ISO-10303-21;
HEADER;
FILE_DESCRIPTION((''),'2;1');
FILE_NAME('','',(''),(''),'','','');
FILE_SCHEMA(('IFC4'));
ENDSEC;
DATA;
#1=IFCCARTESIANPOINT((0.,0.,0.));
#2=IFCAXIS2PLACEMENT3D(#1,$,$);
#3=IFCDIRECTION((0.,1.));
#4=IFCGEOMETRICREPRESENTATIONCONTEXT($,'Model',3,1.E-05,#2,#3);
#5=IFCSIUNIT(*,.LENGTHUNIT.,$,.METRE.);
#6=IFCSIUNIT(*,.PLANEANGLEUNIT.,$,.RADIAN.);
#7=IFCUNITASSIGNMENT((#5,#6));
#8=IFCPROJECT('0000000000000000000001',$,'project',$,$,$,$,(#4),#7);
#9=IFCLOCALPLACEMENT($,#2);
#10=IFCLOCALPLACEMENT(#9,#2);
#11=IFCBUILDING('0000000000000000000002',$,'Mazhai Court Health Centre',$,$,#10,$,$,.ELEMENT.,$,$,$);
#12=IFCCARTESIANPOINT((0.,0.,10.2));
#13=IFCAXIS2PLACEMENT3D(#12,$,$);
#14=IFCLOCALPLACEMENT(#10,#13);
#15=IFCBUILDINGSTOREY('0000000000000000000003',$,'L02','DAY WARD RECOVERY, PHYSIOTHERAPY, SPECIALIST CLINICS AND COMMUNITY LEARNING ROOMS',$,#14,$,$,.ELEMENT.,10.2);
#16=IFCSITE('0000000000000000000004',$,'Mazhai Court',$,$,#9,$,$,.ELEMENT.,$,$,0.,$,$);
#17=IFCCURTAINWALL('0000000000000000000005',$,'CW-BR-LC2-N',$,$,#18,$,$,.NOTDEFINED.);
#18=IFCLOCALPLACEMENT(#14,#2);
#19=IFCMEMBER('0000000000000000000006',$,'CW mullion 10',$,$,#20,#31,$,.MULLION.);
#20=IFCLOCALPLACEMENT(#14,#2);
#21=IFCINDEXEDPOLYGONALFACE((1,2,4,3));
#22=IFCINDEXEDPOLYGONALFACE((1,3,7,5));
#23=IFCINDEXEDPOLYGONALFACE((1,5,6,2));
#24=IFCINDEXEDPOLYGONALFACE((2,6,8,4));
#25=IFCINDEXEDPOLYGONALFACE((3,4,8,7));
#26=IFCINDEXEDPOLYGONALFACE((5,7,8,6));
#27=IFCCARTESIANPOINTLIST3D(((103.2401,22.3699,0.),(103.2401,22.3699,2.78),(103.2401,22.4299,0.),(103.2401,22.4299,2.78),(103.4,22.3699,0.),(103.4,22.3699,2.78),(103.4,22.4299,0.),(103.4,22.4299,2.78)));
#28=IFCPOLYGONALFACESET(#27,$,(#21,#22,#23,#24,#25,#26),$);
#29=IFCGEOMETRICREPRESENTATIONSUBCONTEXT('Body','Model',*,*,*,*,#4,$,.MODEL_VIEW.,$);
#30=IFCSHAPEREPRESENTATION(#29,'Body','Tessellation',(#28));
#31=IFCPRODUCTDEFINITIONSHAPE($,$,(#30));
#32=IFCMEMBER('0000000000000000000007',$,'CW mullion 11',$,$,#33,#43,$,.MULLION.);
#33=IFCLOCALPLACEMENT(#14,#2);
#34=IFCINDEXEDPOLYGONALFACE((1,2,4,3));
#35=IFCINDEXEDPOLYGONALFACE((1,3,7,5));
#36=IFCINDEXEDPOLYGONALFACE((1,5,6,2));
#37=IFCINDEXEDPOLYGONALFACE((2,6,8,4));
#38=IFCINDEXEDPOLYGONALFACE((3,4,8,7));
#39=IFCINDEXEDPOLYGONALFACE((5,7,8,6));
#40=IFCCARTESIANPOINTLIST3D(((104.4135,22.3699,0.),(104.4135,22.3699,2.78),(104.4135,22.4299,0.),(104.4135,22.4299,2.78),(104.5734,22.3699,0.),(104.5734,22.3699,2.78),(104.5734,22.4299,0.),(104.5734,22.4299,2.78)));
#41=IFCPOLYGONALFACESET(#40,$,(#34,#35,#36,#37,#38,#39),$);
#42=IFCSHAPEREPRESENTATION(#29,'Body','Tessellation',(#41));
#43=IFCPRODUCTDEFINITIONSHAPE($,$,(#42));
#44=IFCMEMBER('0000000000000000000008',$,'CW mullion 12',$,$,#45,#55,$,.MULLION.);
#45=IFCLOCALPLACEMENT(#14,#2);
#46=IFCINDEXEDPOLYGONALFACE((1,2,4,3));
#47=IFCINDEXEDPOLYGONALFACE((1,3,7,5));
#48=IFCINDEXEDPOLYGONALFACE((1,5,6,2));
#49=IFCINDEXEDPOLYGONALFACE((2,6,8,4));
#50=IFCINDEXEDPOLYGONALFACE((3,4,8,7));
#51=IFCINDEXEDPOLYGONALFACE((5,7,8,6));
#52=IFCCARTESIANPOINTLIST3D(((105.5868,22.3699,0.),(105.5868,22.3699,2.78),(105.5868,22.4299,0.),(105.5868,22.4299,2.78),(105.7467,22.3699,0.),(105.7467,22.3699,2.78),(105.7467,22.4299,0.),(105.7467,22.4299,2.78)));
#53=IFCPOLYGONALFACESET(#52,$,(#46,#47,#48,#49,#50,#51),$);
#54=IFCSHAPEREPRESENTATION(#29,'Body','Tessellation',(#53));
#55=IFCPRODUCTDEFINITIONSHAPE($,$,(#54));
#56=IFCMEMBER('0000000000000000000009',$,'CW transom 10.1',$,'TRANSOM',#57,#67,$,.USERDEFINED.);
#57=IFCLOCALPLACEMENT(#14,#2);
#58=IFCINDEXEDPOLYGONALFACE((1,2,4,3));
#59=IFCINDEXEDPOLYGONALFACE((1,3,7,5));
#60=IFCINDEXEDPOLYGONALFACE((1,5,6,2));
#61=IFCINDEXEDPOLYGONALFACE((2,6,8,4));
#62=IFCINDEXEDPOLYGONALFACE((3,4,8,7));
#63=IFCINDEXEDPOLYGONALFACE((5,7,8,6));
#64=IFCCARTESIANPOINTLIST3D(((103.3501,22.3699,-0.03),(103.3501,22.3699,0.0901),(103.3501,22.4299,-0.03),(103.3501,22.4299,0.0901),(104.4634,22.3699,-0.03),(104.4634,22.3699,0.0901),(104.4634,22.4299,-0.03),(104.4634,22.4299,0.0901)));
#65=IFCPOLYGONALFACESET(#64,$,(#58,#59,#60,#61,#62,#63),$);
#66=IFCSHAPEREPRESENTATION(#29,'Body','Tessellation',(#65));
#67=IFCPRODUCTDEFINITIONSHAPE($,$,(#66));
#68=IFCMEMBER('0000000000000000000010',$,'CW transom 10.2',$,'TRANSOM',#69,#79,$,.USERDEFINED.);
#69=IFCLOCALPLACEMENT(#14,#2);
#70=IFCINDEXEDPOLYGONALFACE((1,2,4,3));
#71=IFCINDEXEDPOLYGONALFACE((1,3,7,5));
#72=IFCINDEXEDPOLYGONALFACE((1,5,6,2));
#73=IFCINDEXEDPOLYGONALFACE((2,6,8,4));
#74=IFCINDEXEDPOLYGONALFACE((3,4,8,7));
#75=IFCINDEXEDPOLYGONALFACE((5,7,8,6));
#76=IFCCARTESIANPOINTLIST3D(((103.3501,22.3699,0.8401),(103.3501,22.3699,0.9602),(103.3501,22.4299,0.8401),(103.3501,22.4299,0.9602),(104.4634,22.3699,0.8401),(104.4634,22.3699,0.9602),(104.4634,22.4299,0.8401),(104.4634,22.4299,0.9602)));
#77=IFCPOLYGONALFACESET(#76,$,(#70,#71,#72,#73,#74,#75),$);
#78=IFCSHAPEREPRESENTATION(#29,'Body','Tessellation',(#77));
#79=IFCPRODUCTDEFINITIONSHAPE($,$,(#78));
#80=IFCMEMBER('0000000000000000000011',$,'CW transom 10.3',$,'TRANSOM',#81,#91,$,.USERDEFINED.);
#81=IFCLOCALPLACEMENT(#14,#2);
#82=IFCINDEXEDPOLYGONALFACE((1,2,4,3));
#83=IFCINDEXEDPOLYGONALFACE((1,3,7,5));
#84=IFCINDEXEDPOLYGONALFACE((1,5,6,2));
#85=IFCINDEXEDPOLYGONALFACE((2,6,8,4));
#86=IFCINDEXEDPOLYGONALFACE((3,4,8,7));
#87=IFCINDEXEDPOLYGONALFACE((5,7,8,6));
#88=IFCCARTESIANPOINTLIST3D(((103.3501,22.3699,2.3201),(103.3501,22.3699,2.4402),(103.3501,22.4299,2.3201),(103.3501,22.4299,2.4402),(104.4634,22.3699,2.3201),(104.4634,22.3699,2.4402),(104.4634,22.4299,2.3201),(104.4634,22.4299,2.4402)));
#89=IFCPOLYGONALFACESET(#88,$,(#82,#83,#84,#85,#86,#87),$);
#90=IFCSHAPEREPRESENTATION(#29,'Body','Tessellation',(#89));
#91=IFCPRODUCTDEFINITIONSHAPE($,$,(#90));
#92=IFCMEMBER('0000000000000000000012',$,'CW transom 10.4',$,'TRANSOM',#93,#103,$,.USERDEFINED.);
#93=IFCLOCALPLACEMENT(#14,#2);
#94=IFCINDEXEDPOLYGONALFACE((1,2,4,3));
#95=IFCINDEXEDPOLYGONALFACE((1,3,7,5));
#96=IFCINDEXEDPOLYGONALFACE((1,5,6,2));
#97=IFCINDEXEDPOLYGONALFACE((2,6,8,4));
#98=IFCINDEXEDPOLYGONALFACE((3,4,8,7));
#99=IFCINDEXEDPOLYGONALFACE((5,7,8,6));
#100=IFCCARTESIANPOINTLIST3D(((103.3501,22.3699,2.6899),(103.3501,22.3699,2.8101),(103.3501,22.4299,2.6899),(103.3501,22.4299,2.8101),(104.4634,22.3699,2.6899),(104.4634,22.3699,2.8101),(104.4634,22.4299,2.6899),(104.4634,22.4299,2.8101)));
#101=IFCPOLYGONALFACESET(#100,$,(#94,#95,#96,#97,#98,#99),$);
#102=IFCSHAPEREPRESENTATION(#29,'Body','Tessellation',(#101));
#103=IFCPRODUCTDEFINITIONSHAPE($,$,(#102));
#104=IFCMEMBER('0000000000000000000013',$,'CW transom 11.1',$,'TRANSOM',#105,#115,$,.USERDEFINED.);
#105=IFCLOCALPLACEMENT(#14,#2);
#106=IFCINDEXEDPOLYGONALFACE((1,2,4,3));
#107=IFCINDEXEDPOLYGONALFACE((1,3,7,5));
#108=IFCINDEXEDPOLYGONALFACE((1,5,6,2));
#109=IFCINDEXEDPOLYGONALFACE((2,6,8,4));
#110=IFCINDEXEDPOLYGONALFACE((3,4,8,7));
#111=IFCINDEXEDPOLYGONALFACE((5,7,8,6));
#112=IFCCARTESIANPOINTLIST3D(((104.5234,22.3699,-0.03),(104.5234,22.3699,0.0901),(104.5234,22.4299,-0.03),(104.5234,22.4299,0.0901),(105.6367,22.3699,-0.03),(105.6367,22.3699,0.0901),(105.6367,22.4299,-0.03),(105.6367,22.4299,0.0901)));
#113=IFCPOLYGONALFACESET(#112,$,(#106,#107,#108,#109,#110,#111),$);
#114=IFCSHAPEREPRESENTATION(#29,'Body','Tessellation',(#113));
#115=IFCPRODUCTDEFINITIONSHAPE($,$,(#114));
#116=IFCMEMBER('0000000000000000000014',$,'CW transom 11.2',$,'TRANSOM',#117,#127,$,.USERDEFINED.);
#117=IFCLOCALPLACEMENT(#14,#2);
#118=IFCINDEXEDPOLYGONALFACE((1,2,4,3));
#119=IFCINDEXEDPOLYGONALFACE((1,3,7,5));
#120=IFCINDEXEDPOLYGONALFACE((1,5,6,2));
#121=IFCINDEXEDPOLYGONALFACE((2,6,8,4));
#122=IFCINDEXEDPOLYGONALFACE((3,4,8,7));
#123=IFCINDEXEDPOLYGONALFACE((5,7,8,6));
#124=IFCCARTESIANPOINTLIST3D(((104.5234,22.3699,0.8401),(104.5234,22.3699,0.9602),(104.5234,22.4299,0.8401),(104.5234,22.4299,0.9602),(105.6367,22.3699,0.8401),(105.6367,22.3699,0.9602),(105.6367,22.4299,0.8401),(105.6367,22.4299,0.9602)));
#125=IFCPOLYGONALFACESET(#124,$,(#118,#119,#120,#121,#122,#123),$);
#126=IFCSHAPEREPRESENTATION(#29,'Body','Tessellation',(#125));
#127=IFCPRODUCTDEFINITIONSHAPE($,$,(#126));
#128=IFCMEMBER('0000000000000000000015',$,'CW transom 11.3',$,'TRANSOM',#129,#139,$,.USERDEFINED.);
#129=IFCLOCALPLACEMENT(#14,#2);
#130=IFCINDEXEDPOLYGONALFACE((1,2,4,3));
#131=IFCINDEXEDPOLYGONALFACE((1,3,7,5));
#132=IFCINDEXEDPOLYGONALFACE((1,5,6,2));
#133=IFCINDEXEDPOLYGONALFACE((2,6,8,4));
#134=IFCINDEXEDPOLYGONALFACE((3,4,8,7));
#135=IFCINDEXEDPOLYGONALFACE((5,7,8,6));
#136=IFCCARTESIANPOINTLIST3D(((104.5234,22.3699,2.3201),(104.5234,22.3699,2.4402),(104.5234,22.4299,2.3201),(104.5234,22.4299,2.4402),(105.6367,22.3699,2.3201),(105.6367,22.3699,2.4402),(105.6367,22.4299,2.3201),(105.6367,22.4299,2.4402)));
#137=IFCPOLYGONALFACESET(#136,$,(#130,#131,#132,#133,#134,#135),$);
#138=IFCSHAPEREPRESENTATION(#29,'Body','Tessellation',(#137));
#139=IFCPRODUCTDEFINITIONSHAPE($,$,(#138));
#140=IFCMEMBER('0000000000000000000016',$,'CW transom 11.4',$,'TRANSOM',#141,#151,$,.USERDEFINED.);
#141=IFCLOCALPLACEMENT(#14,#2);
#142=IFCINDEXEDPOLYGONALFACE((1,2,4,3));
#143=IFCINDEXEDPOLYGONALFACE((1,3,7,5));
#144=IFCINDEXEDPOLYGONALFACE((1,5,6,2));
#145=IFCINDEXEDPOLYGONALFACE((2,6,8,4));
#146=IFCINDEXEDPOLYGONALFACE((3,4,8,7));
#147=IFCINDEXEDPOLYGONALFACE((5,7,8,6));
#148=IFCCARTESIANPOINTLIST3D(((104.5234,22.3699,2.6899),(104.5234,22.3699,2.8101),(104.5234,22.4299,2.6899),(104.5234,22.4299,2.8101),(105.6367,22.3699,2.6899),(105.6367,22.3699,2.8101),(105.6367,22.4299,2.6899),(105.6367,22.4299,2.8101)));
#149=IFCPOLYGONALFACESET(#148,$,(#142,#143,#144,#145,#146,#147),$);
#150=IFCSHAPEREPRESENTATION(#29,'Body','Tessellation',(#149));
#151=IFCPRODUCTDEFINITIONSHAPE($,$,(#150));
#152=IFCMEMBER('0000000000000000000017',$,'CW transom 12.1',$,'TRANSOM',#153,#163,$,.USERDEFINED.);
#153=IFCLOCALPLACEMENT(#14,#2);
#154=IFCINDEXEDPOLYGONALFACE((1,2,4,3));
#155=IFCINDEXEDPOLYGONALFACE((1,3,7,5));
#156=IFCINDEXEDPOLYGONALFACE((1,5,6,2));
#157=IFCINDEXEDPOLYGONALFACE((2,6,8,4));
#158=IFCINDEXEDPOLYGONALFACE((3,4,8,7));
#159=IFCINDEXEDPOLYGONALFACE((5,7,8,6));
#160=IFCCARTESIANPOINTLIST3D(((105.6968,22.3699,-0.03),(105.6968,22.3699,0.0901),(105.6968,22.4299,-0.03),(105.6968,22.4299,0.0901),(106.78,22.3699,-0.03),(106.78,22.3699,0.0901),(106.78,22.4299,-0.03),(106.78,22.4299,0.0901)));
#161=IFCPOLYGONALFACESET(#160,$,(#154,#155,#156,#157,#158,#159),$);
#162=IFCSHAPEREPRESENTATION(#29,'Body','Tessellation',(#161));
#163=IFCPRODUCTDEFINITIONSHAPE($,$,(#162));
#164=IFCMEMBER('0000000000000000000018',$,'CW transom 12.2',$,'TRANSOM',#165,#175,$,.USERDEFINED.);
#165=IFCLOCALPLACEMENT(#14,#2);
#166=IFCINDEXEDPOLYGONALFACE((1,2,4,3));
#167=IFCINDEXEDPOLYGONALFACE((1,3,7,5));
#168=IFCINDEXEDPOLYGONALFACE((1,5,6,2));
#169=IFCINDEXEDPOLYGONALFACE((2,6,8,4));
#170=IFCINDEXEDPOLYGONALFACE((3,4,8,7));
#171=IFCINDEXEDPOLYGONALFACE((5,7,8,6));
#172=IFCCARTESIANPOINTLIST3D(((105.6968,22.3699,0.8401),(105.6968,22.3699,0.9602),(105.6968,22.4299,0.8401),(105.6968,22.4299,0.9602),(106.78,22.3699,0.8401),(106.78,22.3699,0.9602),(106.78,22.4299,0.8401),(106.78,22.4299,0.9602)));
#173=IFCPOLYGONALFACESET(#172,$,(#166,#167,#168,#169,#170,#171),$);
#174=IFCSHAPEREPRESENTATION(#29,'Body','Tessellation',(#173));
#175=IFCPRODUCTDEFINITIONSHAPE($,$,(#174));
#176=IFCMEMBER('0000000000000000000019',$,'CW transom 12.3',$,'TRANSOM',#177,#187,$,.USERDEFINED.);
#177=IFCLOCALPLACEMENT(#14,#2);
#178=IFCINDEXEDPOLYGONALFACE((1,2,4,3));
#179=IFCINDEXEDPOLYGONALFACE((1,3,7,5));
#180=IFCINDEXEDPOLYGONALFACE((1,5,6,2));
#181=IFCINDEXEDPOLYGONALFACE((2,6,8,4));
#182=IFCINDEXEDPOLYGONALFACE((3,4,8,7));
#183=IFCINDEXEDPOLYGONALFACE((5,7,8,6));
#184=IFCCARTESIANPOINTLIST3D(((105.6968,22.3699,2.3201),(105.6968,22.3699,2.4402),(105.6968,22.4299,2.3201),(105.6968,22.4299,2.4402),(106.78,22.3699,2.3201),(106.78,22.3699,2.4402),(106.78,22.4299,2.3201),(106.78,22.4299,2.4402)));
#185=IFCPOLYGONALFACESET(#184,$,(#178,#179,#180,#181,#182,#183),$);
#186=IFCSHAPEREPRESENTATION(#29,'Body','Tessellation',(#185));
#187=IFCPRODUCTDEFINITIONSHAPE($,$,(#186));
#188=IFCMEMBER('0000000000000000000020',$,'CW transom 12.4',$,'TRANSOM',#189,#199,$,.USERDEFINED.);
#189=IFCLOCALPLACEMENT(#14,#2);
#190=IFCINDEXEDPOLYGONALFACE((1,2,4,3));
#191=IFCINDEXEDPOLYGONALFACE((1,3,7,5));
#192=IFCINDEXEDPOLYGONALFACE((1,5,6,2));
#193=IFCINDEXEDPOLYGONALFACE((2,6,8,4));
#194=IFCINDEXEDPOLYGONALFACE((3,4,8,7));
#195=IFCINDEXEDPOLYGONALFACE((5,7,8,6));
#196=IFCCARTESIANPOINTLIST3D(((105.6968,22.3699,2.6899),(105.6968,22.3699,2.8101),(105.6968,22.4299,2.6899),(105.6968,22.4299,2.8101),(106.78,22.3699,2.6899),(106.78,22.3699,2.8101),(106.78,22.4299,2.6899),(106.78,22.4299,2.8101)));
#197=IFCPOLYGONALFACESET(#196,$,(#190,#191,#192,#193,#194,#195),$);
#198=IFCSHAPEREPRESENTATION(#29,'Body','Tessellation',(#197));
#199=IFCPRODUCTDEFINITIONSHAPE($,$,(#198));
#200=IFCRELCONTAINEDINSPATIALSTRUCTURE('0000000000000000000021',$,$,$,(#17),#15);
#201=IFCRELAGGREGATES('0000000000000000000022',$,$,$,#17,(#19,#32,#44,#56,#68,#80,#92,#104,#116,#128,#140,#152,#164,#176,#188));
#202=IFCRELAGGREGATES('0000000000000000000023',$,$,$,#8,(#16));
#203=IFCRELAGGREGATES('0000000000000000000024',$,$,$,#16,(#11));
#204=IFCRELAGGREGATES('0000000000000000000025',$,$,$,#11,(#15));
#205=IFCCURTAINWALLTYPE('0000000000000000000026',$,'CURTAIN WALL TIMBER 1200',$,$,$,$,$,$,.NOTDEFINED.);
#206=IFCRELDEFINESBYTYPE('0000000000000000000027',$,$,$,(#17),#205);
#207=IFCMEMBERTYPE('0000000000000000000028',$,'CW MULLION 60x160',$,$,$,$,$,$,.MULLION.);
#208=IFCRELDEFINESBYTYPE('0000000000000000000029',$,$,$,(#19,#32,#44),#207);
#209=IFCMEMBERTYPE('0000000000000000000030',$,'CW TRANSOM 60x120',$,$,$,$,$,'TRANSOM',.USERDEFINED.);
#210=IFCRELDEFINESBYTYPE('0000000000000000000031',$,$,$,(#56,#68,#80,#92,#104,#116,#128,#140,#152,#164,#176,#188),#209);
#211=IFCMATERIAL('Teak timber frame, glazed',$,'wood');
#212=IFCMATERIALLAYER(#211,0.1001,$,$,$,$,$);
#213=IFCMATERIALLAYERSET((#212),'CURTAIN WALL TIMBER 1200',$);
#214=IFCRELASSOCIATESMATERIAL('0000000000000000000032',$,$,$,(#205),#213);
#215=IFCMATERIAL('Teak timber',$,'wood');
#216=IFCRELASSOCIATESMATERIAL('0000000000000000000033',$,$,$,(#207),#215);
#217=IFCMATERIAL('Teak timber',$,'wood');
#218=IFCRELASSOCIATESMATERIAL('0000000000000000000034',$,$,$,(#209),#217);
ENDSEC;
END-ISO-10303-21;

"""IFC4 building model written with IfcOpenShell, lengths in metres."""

from ifc_helpers import new_model, si_unit, direction, frame, origin, origin_2d, place, context, subcontext, project, spatial, rectangle, extrude, material, layer, layer_set, material_profile, profile_set, type_object, element, aggregate, save


model = new_model("IFC4")

# Units and contexts
model_context = context("Model", 3, precision=1e-05, world=origin(), true_north=direction((0.0, 1.0)))
body_context = subcontext(model_context, "Body", "Model", "MODEL_VIEW")
ifc_project = project(units=[si_unit("LENGTHUNIT", "METRE"), si_unit("PLANEANGLEUNIT", "RADIAN")], contexts=[model_context])

# Site, building, storey
site_placement = place(None, origin())
site = spatial("IfcSite", under=ifc_project, at=site_placement, Name="Mazhai Court", CompositionType="ELEMENT", RefElevation=0.0)
building_placement = place(site_placement, origin())
building = spatial("IfcBuilding", under=site, at=building_placement, Name="Mazhai Court Health Centre", CompositionType="ELEMENT")
storey_placement = place(building_placement, frame((0.0, 0.0, 10.2)))
storey = spatial("IfcBuildingStorey", under=building, at=storey_placement, Name="L02", Description="DAY WARD RECOVERY, PHYSIOTHERAPY, SPECIALIST CLINICS AND COMMUNITY LEARNING ROOMS", CompositionType="ELEMENT", Elevation=10.2)

# Curtain wall, members
ifc_material_1 = material(Name="Teak timber frame, glazed", Category="wood")
ifc_layer_1 = layer(ifc_material_1, 0.1001)
ifc_layer_set_1 = layer_set([ifc_layer_1], Name="CURTAIN WALL TIMBER 1200")
curtain_wall_type = type_object("IfcCurtainWallType", Name="CURTAIN WALL TIMBER 1200", PredefinedType="NOTDEFINED", material=ifc_layer_set_1)
curtain_wall_placement = place(storey_placement, origin())
curtain_wall = element("IfcCurtainWall", 1, at=curtain_wall_placement, inside=storey, type_object=curtain_wall_type, Name="CW-BR-LC2-N", PredefinedType="NOTDEFINED")
ifc_material_2 = material(Name="Teak timber", Category="wood")
ifc_material_profile_1 = material_profile(ifc_material_2, rectangle(XDim=0.0601, YDim=0.1599, at=origin_2d()), Name="CW MULLION 60x160")
ifc_profile_set_1 = profile_set([ifc_material_profile_1], Name="Teak timber")
member_type_1 = type_object("IfcMemberType", Name="CW MULLION 60x160", PredefinedType="MULLION", material=ifc_profile_set_1)
member_1_placement = place(storey_placement, frame((103.3201, 22.3999, 0.0), z_axis=(0.0, 0.0, 1.0), x_axis=(0.0, 1.0, 0.0)))
member_1 = element("IfcMember", 2, at=member_1_placement, type_object=member_type_1, Name="CW mullion 10", PredefinedType="MULLION", context=body_context, shape_type="SweptSolid", body=[
    extrude(rectangle(XDim=0.0601, YDim=0.1599, at=origin_2d()), origin(), (0.0, 0.0, 1.0), 2.78),
])
member_2_placement = place(storey_placement, frame((104.4934, 22.3999, 0.0), z_axis=(0.0, 0.0, 1.0), x_axis=(0.0, 1.0, 0.0)))
member_2 = element("IfcMember", 3, at=member_2_placement, type_object=member_type_1, Name="CW mullion 11", PredefinedType="MULLION", context=body_context, shape_type="SweptSolid", body=[
    extrude(rectangle(XDim=0.0601, YDim=0.1599, at=origin_2d()), origin(), (0.0, 0.0, 1.0), 2.78),
])
member_3_placement = place(storey_placement, frame((105.6667, 22.3999, 0.0), z_axis=(0.0, 0.0, 1.0), x_axis=(0.0, 1.0, 0.0)))
member_3 = element("IfcMember", 4, at=member_3_placement, type_object=member_type_1, Name="CW mullion 12", PredefinedType="MULLION", context=body_context, shape_type="SweptSolid", body=[
    extrude(rectangle(XDim=0.0601, YDim=0.1599, at=origin_2d()), origin(), (0.0, 0.0, 1.0), 2.78),
])
ifc_material_3 = material(Name="Teak timber", Category="wood")
ifc_material_profile_2 = material_profile(ifc_material_3, rectangle(XDim=0.0601, YDim=0.1201, at=origin_2d()), Name="CW TRANSOM 60x120")
ifc_profile_set_2 = profile_set([ifc_material_profile_2], Name="Teak timber")
member_type_2 = type_object("IfcMemberType", Name="CW TRANSOM 60x120", ElementType="TRANSOM", PredefinedType="USERDEFINED", material=ifc_profile_set_2)
member_4_placement = place(storey_placement, frame((103.3501, 22.3999, 0.03), z_axis=(1.0, 0.0, 0.0), x_axis=(0.0, 1.0, 0.0)))
member_4 = element("IfcMember", 5, at=member_4_placement, type_object=member_type_2, Name="CW transom 10.1", ObjectType="TRANSOM", PredefinedType="USERDEFINED", context=body_context, shape_type="SweptSolid", body=[
    extrude(rectangle(XDim=0.0601, YDim=0.1201, at=origin_2d()), origin(), (0.0, 0.0, 1.0), 1.1133),
])
member_5_placement = place(storey_placement, frame((103.3501, 22.3999, 0.9001), z_axis=(1.0, 0.0, 0.0), x_axis=(0.0, 1.0, 0.0)))
member_5 = element("IfcMember", 6, at=member_5_placement, type_object=member_type_2, Name="CW transom 10.2", ObjectType="TRANSOM", PredefinedType="USERDEFINED", context=body_context, shape_type="SweptSolid", body=[
    extrude(rectangle(XDim=0.0601, YDim=0.1201, at=origin_2d()), origin(), (0.0, 0.0, 1.0), 1.1133),
])
member_6_placement = place(storey_placement, frame((103.3501, 22.3999, 2.3801), z_axis=(1.0, 0.0, 0.0), x_axis=(0.0, 1.0, 0.0)))
member_6 = element("IfcMember", 7, at=member_6_placement, type_object=member_type_2, Name="CW transom 10.3", ObjectType="TRANSOM", PredefinedType="USERDEFINED", context=body_context, shape_type="SweptSolid", body=[
    extrude(rectangle(XDim=0.0601, YDim=0.1201, at=origin_2d()), origin(), (0.0, 0.0, 1.0), 1.1133),
])
member_7_placement = place(storey_placement, frame((103.3501, 22.3999, 2.75), z_axis=(1.0, 0.0, 0.0), x_axis=(0.0, 1.0, 0.0)))
member_7 = element("IfcMember", 8, at=member_7_placement, type_object=member_type_2, Name="CW transom 10.4", ObjectType="TRANSOM", PredefinedType="USERDEFINED", context=body_context, shape_type="SweptSolid", body=[
    extrude(rectangle(XDim=0.0601, YDim=0.1201, at=origin_2d()), origin(), (0.0, 0.0, 1.0), 1.1133),
])
member_8_placement = place(storey_placement, frame((104.5234, 22.3999, 0.03), z_axis=(1.0, 0.0, 0.0), x_axis=(0.0, 1.0, 0.0)))
member_8 = element("IfcMember", 9, at=member_8_placement, type_object=member_type_2, Name="CW transom 11.1", ObjectType="TRANSOM", PredefinedType="USERDEFINED", context=body_context, shape_type="SweptSolid", body=[
    extrude(rectangle(XDim=0.0601, YDim=0.1201, at=origin_2d()), origin(), (0.0, 0.0, 1.0), 1.1133),
])
member_9_placement = place(storey_placement, frame((104.5234, 22.3999, 0.9001), z_axis=(1.0, 0.0, 0.0), x_axis=(0.0, 1.0, 0.0)))
member_9 = element("IfcMember", 10, at=member_9_placement, type_object=member_type_2, Name="CW transom 11.2", ObjectType="TRANSOM", PredefinedType="USERDEFINED", context=body_context, shape_type="SweptSolid", body=[
    extrude(rectangle(XDim=0.0601, YDim=0.1201, at=origin_2d()), origin(), (0.0, 0.0, 1.0), 1.1133),
])
member_10_placement = place(storey_placement, frame((104.5234, 22.3999, 2.3801), z_axis=(1.0, 0.0, 0.0), x_axis=(0.0, 1.0, 0.0)))
member_10 = element("IfcMember", 11, at=member_10_placement, type_object=member_type_2, Name="CW transom 11.3", ObjectType="TRANSOM", PredefinedType="USERDEFINED", context=body_context, shape_type="SweptSolid", body=[
    extrude(rectangle(XDim=0.0601, YDim=0.1201, at=origin_2d()), origin(), (0.0, 0.0, 1.0), 1.1133),
])
member_11_placement = place(storey_placement, frame((104.5234, 22.3999, 2.75), z_axis=(1.0, 0.0, 0.0), x_axis=(0.0, 1.0, 0.0)))
member_11 = element("IfcMember", 12, at=member_11_placement, type_object=member_type_2, Name="CW transom 11.4", ObjectType="TRANSOM", PredefinedType="USERDEFINED", context=body_context, shape_type="SweptSolid", body=[
    extrude(rectangle(XDim=0.0601, YDim=0.1201, at=origin_2d()), origin(), (0.0, 0.0, 1.0), 1.1133),
])
member_12_placement = place(storey_placement, frame((105.6968, 22.3999, 0.03), z_axis=(1.0, 0.0, 0.0), x_axis=(0.0, 1.0, 0.0)))
member_12 = element("IfcMember", 13, at=member_12_placement, type_object=member_type_2, Name="CW transom 12.1", ObjectType="TRANSOM", PredefinedType="USERDEFINED", context=body_context, shape_type="SweptSolid", body=[
    extrude(rectangle(XDim=0.0601, YDim=0.1201, at=origin_2d()), origin(), (0.0, 0.0, 1.0), 1.0833),
])
member_13_placement = place(storey_placement, frame((105.6968, 22.3999, 0.9001), z_axis=(1.0, 0.0, 0.0), x_axis=(0.0, 1.0, 0.0)))
member_13 = element("IfcMember", 14, at=member_13_placement, type_object=member_type_2, Name="CW transom 12.2", ObjectType="TRANSOM", PredefinedType="USERDEFINED", context=body_context, shape_type="SweptSolid", body=[
    extrude(rectangle(XDim=0.0601, YDim=0.1201, at=origin_2d()), origin(), (0.0, 0.0, 1.0), 1.0833),
])
member_14_placement = place(storey_placement, frame((105.6968, 22.3999, 2.3801), z_axis=(1.0, 0.0, 0.0), x_axis=(0.0, 1.0, 0.0)))
member_14 = element("IfcMember", 15, at=member_14_placement, type_object=member_type_2, Name="CW transom 12.3", ObjectType="TRANSOM", PredefinedType="USERDEFINED", context=body_context, shape_type="SweptSolid", body=[
    extrude(rectangle(XDim=0.0601, YDim=0.1201, at=origin_2d()), origin(), (0.0, 0.0, 1.0), 1.0833),
])
member_15_placement = place(storey_placement, frame((105.6968, 22.3999, 2.75), z_axis=(1.0, 0.0, 0.0), x_axis=(0.0, 1.0, 0.0)))
member_15 = element("IfcMember", 16, at=member_15_placement, type_object=member_type_2, Name="CW transom 12.4", ObjectType="TRANSOM", PredefinedType="USERDEFINED", context=body_context, shape_type="SweptSolid", body=[
    extrude(rectangle(XDim=0.0601, YDim=0.1201, at=origin_2d()), origin(), (0.0, 0.0, 1.0), 1.0833),
])
aggregate(curtain_wall, [member_1, member_2, member_3, member_4, member_5, member_6, member_7, member_8, member_9, member_10, member_11, member_12, member_13, member_14, member_15])

save(model, "model.ifc")
